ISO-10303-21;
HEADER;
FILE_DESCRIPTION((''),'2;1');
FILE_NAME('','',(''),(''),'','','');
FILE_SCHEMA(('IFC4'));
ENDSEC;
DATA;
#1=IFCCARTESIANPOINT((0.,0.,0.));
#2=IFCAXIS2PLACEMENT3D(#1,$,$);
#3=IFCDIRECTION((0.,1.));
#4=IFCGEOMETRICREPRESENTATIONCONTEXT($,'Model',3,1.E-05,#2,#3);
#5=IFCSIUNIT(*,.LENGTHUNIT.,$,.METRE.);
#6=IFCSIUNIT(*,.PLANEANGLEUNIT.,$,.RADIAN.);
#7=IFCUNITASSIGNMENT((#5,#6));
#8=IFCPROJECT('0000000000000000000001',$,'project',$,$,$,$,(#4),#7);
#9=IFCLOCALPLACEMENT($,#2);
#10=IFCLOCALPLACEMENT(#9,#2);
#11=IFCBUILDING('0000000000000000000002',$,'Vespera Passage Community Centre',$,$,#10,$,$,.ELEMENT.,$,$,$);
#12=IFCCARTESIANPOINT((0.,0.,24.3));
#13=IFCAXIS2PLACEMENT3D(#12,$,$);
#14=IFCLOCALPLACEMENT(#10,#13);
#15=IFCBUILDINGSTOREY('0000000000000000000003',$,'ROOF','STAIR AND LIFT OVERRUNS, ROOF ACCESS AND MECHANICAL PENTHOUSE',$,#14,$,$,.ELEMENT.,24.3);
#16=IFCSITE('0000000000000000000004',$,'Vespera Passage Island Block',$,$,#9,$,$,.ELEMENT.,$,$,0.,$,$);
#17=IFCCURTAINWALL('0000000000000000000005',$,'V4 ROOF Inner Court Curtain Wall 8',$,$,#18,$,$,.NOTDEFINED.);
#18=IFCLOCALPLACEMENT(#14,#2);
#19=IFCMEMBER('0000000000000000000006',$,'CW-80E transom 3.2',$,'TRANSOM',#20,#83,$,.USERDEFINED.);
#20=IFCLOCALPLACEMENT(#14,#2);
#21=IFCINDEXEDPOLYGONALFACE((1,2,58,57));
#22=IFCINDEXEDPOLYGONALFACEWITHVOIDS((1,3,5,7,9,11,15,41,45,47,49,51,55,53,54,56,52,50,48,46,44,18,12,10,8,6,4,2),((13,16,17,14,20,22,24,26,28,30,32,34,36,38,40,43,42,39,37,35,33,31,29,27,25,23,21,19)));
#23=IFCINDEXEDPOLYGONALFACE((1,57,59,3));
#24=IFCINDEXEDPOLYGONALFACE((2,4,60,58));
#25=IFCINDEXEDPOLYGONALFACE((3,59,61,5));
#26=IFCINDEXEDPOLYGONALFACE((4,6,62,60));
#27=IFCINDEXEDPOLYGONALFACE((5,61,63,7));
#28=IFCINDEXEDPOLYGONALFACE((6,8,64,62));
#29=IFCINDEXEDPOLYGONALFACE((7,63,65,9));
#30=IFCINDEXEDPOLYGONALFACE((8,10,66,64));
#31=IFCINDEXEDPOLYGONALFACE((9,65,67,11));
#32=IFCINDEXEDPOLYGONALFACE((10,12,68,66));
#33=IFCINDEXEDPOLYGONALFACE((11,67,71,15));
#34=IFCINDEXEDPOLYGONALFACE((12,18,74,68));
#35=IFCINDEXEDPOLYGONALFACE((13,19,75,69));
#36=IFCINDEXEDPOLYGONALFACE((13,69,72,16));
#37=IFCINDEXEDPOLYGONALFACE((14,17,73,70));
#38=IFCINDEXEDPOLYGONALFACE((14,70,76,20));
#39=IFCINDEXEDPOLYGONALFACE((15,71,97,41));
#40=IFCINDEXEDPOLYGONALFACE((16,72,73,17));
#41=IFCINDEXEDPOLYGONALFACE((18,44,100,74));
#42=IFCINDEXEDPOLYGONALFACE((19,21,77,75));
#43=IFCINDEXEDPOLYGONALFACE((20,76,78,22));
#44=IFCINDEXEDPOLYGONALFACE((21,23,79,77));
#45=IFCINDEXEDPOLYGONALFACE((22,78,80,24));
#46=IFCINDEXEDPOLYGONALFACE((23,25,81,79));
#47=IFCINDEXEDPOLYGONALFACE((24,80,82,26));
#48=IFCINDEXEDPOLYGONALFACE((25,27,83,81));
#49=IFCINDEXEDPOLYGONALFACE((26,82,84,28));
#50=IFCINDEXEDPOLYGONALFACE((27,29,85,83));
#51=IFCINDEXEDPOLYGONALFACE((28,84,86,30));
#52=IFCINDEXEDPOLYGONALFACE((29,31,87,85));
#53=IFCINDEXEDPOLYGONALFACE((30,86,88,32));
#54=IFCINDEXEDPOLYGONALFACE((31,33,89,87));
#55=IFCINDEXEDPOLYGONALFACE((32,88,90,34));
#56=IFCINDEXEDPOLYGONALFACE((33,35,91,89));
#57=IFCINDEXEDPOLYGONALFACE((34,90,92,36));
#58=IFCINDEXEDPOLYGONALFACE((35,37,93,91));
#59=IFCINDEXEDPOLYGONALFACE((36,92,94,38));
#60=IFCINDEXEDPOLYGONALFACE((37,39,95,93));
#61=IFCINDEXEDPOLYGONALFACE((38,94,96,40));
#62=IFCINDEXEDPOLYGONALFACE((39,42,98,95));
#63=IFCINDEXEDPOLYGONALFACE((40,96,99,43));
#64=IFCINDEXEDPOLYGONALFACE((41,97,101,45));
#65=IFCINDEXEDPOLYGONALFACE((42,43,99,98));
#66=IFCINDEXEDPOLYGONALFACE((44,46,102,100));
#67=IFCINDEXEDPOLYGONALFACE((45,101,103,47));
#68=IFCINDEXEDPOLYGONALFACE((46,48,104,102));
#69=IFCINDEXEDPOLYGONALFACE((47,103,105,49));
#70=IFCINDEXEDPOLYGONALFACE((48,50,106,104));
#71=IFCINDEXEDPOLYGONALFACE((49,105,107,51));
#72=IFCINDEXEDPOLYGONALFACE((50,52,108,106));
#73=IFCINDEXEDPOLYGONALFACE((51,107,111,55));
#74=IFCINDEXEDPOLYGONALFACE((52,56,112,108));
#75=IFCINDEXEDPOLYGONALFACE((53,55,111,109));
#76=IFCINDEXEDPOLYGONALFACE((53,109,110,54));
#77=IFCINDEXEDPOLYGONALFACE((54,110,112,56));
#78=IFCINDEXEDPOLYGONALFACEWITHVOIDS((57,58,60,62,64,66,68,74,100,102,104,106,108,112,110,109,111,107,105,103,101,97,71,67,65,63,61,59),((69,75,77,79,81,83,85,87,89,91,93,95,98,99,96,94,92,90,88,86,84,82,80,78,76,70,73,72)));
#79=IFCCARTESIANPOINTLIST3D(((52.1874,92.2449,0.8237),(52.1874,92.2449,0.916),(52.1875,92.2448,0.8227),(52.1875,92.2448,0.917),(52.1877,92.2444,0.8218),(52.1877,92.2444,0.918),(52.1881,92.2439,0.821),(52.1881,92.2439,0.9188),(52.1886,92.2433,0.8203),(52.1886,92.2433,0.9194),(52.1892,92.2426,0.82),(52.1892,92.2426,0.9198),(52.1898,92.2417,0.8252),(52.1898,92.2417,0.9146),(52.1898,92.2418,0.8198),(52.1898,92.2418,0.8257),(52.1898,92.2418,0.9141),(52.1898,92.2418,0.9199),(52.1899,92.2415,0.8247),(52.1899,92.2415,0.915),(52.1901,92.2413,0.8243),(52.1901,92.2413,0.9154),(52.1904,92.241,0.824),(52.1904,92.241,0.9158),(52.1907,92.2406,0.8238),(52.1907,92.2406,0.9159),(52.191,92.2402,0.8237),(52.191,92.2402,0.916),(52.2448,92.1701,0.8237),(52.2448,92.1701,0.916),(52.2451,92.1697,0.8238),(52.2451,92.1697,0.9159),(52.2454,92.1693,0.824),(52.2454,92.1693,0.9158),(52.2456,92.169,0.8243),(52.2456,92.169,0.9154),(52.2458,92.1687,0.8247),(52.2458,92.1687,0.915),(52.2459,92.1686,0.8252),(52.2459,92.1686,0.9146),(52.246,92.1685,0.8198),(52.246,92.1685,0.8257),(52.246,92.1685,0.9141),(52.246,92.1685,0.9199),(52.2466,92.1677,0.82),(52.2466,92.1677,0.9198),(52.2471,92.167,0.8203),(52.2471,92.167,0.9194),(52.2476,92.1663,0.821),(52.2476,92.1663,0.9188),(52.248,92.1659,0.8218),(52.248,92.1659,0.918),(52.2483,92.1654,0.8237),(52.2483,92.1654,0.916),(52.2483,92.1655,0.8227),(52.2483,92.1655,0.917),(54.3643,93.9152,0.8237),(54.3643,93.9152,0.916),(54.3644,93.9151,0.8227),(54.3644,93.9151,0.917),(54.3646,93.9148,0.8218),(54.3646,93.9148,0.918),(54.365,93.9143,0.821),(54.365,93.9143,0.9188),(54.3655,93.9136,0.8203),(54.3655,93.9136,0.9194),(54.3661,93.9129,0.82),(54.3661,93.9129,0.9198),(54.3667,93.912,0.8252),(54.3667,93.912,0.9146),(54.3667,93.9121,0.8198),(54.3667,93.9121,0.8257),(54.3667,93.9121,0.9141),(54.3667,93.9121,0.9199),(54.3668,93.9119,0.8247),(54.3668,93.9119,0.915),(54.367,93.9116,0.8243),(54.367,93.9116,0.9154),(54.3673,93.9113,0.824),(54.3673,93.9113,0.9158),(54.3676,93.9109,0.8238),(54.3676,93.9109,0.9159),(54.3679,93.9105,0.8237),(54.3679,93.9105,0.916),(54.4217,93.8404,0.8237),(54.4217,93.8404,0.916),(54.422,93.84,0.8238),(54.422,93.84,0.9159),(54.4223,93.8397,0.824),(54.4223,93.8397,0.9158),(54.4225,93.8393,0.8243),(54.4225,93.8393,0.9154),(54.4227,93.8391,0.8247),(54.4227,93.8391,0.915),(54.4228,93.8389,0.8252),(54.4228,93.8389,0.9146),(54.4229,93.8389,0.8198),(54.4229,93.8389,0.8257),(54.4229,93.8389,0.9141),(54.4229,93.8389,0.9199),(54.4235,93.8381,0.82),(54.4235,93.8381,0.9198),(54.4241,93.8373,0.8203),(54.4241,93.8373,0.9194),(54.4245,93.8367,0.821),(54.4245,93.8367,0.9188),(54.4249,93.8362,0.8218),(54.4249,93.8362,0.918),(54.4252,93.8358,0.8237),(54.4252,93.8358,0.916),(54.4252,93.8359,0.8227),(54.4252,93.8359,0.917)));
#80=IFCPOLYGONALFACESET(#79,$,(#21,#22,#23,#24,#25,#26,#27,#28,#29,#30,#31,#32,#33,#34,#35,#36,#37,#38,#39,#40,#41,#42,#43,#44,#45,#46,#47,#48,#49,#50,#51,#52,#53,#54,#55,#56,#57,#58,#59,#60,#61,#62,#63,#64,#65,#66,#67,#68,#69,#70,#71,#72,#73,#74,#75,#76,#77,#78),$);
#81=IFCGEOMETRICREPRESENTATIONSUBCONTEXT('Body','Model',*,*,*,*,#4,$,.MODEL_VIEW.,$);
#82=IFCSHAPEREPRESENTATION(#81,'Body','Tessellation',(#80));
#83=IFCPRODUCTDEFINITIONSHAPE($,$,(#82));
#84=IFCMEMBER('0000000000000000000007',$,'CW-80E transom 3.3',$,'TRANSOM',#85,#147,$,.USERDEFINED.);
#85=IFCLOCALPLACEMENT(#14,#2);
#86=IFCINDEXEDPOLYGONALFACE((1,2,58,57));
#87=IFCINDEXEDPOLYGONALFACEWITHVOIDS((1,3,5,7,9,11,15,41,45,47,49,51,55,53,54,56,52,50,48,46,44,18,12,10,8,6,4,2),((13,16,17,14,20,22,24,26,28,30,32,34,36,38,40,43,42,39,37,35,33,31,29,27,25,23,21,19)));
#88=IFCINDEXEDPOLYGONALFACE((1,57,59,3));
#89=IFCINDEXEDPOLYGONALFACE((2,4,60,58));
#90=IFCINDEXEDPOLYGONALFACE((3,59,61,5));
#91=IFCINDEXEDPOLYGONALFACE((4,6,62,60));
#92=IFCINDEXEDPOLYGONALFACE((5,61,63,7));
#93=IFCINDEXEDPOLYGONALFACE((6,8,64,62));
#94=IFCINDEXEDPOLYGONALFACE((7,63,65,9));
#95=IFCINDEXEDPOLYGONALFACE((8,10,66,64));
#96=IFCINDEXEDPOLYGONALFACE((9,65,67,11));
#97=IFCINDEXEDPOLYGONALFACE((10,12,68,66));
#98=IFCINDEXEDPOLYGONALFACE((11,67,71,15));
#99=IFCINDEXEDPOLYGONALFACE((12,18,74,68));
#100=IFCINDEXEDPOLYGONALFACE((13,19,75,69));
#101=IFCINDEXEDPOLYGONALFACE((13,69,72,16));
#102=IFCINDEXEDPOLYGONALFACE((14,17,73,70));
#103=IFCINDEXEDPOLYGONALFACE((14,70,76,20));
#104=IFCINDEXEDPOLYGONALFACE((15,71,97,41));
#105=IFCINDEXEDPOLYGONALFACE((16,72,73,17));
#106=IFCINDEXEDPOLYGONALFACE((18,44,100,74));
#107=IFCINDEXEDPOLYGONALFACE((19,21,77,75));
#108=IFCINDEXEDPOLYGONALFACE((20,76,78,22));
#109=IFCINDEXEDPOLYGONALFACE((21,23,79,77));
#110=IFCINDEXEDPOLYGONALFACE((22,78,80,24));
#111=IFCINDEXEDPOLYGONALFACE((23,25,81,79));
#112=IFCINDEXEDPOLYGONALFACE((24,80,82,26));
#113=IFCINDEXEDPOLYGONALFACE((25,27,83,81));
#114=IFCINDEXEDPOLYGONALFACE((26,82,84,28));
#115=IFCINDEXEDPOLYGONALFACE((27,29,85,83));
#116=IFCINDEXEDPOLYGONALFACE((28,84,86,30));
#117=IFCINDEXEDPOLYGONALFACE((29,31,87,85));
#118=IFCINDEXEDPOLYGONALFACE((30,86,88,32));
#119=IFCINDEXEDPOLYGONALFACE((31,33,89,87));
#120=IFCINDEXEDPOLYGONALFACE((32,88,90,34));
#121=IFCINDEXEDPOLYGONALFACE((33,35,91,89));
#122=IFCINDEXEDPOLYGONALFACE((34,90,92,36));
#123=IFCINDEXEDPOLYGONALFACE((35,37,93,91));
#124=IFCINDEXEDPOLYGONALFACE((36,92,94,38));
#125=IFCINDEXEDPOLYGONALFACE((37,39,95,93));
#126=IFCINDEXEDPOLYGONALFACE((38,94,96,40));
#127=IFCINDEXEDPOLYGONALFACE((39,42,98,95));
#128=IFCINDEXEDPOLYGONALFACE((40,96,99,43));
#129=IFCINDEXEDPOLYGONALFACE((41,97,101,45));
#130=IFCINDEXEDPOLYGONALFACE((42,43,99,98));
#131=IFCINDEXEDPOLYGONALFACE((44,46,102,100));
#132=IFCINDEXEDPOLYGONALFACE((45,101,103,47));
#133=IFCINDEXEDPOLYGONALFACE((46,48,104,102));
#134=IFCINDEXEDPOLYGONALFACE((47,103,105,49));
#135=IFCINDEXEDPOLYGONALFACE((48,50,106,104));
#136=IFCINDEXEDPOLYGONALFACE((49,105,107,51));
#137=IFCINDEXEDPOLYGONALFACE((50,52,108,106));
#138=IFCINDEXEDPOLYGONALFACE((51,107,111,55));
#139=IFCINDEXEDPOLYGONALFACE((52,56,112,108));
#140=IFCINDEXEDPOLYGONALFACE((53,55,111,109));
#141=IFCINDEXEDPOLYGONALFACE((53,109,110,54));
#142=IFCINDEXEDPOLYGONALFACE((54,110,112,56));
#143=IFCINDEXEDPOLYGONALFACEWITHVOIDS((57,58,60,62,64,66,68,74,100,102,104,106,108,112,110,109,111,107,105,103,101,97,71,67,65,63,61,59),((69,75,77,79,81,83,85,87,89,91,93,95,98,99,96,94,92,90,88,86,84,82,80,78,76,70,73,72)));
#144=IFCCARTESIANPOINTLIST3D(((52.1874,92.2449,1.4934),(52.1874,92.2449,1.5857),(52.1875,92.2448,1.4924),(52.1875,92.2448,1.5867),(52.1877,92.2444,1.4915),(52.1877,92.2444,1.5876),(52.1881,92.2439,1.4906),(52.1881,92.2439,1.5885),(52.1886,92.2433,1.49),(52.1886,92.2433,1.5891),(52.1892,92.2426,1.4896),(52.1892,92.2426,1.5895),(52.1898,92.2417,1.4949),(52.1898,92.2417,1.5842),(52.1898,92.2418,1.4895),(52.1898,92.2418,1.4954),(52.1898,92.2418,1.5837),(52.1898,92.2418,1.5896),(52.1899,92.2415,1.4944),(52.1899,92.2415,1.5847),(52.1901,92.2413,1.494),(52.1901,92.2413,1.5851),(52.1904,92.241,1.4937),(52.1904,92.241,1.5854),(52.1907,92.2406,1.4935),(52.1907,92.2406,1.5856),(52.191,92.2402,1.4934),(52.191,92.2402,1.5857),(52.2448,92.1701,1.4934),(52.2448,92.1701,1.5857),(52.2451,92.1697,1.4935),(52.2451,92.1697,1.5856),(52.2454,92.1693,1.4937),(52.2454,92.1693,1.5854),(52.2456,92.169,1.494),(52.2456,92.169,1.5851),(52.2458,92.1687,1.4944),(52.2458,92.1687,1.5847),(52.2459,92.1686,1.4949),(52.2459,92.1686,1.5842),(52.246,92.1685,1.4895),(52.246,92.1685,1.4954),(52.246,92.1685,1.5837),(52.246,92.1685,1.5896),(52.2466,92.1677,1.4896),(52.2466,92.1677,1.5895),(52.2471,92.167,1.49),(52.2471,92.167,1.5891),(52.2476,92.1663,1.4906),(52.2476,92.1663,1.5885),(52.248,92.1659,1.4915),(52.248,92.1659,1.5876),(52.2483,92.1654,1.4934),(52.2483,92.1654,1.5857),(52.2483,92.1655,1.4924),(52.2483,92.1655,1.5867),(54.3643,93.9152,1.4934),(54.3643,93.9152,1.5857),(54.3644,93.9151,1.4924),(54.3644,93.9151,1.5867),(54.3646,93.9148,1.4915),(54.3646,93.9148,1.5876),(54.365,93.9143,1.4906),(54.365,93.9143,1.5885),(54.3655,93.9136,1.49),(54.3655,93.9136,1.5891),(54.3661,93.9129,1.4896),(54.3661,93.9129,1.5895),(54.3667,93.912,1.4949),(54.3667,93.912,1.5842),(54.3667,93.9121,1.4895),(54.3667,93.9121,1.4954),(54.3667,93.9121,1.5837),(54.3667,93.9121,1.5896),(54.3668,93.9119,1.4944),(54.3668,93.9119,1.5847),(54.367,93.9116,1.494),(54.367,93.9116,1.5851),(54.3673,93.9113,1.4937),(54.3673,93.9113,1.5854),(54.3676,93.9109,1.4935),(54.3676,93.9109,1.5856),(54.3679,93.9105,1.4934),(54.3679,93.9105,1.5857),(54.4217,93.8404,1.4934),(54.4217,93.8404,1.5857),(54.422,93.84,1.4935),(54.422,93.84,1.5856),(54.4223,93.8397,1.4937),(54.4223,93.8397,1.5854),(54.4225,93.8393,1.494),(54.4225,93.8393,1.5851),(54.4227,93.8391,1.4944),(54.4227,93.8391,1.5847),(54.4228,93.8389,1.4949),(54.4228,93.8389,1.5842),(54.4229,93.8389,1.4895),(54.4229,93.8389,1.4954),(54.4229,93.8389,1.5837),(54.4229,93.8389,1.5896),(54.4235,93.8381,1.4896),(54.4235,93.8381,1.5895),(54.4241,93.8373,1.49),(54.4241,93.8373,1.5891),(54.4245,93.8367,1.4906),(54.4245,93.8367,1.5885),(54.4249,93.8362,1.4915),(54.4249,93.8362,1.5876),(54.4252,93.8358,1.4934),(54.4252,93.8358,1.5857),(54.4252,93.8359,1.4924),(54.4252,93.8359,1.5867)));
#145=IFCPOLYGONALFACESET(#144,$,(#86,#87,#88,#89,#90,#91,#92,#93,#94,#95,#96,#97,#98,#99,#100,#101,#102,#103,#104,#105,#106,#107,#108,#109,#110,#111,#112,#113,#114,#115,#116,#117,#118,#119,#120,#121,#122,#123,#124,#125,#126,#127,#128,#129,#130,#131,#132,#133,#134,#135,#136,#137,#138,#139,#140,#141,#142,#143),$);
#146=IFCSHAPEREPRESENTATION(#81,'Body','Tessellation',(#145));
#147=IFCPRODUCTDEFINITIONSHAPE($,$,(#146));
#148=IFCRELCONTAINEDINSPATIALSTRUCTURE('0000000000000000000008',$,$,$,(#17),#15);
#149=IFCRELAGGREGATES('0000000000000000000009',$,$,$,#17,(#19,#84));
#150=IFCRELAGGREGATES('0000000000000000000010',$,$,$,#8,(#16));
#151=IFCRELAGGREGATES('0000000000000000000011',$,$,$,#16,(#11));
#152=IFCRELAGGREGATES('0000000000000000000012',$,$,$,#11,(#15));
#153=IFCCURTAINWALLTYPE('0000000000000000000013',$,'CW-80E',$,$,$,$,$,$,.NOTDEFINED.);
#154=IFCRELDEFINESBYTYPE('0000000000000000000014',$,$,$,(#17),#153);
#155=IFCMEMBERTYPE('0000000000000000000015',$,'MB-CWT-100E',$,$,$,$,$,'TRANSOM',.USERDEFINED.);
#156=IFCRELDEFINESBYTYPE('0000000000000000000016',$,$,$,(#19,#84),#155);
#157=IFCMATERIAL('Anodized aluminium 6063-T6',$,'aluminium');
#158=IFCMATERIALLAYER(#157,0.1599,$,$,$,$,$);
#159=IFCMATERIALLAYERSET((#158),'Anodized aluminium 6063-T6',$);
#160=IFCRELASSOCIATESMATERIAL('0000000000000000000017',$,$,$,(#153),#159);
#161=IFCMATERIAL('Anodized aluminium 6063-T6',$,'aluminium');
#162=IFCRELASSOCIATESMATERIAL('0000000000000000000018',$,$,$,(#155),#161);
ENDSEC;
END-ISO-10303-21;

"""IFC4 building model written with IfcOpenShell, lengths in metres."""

from ifc_helpers import new_model, si_unit, direction, frame, origin, origin_2d, place, context, subcontext, project, spatial, hollow_rectangle, extrude, material, layer, layer_set, material_profile, profile_set, type_object, element, aggregate, save


model = new_model("IFC4")

# Units and contexts
model_context = context("Model", 3, precision=1e-05, world=origin(), true_north=direction((0.0, 1.0)))
body_context = subcontext(model_context, "Body", "Model", "MODEL_VIEW")
ifc_project = project(units=[si_unit("LENGTHUNIT", "METRE"), si_unit("PLANEANGLEUNIT", "RADIAN")], contexts=[model_context])

# Site, building, storey
site_placement = place(None, origin())
site = spatial("IfcSite", under=ifc_project, at=site_placement, Name="Vespera Passage Island Block", CompositionType="ELEMENT", RefElevation=0.0)
building_placement = place(site_placement, origin())
building = spatial("IfcBuilding", under=site, at=building_placement, Name="Vespera Passage Community Centre", CompositionType="ELEMENT")
storey_placement = place(building_placement, frame((0.0, 0.0, 24.3)))
storey = spatial("IfcBuildingStorey", under=building, at=storey_placement, Name="ROOF", Description="STAIR AND LIFT OVERRUNS, ROOF ACCESS AND MECHANICAL PENTHOUSE", CompositionType="ELEMENT", Elevation=24.3)

# Curtain wall
ifc_material_1 = material(Name="Anodized aluminium 6063-T6", Category="aluminium")
ifc_layer_1 = layer(ifc_material_1, 0.1599)
ifc_layer_set_1 = layer_set([ifc_layer_1], Name="Anodized aluminium 6063-T6")
curtain_wall_type_1 = type_object("IfcCurtainWallType", Name="CW-80E", PredefinedType="NOTDEFINED", material=ifc_layer_set_1)
curtain_wall_1_placement = place(storey_placement, origin())
curtain_wall_1 = element("IfcCurtainWall", 1, at=curtain_wall_1_placement, inside=storey, type_object=curtain_wall_type_1, Name="V4 ROOF Inner Court Curtain Wall 8", PredefinedType="NOTDEFINED")

# Members
ifc_material_2 = material(Name="Anodized aluminium 6063-T6", Category="aluminium")
ifc_material_profile_1 = material_profile(ifc_material_2, hollow_rectangle(XDim=0.1001, YDim=0.1001, WallThickness=0.0039, InnerFilletRadius=0.002, OuterFilletRadius=0.0039, at=origin_2d()), Name="ALU100X100X4")
ifc_profile_set_1 = profile_set([ifc_material_profile_1], Name="Anodized aluminium 6063-T6")
member_type_1 = type_object("IfcMemberType", Name="MB-CWT-100E", ElementType="TRANSOM", PredefinedType="USERDEFINED", material=ifc_profile_set_1)
member_1_placement = place(storey_placement, frame((54.3948, 93.8755, 0.8699), z_axis=(-0.793364, -0.608747, 0.0), x_axis=(0.608747, -0.793364, 0.0)))
member_1 = element("IfcMember", 2, at=member_1_placement, type_object=member_type_1, Name="CW-80E transom 3.2", ObjectType="TRANSOM", PredefinedType="USERDEFINED", context=body_context, shape_type="SweptSolid", body=[
    extrude(hollow_rectangle(XDim=0.1001, YDim=0.1001, WallThickness=0.0039, InnerFilletRadius=0.002, OuterFilletRadius=0.0039, at=origin_2d()), origin(), (0.0, 0.0, 1.0), 2.7439),
])
member_2_placement = place(storey_placement, frame((54.3948, 93.8755, 1.5396), z_axis=(-0.793364, -0.608747, 0.0), x_axis=(0.608747, -0.793364, 0.0)))
member_2 = element("IfcMember", 3, at=member_2_placement, type_object=member_type_1, Name="CW-80E transom 3.3", ObjectType="TRANSOM", PredefinedType="USERDEFINED", context=body_context, shape_type="SweptSolid", body=[
    extrude(hollow_rectangle(XDim=0.1001, YDim=0.1001, WallThickness=0.0039, InnerFilletRadius=0.002, OuterFilletRadius=0.0039, at=origin_2d()), origin(), (0.0, 0.0, 1.0), 2.7439),
])

aggregate(curtain_wall_1, [member_1, member_2])

save(model, "model.ifc")
